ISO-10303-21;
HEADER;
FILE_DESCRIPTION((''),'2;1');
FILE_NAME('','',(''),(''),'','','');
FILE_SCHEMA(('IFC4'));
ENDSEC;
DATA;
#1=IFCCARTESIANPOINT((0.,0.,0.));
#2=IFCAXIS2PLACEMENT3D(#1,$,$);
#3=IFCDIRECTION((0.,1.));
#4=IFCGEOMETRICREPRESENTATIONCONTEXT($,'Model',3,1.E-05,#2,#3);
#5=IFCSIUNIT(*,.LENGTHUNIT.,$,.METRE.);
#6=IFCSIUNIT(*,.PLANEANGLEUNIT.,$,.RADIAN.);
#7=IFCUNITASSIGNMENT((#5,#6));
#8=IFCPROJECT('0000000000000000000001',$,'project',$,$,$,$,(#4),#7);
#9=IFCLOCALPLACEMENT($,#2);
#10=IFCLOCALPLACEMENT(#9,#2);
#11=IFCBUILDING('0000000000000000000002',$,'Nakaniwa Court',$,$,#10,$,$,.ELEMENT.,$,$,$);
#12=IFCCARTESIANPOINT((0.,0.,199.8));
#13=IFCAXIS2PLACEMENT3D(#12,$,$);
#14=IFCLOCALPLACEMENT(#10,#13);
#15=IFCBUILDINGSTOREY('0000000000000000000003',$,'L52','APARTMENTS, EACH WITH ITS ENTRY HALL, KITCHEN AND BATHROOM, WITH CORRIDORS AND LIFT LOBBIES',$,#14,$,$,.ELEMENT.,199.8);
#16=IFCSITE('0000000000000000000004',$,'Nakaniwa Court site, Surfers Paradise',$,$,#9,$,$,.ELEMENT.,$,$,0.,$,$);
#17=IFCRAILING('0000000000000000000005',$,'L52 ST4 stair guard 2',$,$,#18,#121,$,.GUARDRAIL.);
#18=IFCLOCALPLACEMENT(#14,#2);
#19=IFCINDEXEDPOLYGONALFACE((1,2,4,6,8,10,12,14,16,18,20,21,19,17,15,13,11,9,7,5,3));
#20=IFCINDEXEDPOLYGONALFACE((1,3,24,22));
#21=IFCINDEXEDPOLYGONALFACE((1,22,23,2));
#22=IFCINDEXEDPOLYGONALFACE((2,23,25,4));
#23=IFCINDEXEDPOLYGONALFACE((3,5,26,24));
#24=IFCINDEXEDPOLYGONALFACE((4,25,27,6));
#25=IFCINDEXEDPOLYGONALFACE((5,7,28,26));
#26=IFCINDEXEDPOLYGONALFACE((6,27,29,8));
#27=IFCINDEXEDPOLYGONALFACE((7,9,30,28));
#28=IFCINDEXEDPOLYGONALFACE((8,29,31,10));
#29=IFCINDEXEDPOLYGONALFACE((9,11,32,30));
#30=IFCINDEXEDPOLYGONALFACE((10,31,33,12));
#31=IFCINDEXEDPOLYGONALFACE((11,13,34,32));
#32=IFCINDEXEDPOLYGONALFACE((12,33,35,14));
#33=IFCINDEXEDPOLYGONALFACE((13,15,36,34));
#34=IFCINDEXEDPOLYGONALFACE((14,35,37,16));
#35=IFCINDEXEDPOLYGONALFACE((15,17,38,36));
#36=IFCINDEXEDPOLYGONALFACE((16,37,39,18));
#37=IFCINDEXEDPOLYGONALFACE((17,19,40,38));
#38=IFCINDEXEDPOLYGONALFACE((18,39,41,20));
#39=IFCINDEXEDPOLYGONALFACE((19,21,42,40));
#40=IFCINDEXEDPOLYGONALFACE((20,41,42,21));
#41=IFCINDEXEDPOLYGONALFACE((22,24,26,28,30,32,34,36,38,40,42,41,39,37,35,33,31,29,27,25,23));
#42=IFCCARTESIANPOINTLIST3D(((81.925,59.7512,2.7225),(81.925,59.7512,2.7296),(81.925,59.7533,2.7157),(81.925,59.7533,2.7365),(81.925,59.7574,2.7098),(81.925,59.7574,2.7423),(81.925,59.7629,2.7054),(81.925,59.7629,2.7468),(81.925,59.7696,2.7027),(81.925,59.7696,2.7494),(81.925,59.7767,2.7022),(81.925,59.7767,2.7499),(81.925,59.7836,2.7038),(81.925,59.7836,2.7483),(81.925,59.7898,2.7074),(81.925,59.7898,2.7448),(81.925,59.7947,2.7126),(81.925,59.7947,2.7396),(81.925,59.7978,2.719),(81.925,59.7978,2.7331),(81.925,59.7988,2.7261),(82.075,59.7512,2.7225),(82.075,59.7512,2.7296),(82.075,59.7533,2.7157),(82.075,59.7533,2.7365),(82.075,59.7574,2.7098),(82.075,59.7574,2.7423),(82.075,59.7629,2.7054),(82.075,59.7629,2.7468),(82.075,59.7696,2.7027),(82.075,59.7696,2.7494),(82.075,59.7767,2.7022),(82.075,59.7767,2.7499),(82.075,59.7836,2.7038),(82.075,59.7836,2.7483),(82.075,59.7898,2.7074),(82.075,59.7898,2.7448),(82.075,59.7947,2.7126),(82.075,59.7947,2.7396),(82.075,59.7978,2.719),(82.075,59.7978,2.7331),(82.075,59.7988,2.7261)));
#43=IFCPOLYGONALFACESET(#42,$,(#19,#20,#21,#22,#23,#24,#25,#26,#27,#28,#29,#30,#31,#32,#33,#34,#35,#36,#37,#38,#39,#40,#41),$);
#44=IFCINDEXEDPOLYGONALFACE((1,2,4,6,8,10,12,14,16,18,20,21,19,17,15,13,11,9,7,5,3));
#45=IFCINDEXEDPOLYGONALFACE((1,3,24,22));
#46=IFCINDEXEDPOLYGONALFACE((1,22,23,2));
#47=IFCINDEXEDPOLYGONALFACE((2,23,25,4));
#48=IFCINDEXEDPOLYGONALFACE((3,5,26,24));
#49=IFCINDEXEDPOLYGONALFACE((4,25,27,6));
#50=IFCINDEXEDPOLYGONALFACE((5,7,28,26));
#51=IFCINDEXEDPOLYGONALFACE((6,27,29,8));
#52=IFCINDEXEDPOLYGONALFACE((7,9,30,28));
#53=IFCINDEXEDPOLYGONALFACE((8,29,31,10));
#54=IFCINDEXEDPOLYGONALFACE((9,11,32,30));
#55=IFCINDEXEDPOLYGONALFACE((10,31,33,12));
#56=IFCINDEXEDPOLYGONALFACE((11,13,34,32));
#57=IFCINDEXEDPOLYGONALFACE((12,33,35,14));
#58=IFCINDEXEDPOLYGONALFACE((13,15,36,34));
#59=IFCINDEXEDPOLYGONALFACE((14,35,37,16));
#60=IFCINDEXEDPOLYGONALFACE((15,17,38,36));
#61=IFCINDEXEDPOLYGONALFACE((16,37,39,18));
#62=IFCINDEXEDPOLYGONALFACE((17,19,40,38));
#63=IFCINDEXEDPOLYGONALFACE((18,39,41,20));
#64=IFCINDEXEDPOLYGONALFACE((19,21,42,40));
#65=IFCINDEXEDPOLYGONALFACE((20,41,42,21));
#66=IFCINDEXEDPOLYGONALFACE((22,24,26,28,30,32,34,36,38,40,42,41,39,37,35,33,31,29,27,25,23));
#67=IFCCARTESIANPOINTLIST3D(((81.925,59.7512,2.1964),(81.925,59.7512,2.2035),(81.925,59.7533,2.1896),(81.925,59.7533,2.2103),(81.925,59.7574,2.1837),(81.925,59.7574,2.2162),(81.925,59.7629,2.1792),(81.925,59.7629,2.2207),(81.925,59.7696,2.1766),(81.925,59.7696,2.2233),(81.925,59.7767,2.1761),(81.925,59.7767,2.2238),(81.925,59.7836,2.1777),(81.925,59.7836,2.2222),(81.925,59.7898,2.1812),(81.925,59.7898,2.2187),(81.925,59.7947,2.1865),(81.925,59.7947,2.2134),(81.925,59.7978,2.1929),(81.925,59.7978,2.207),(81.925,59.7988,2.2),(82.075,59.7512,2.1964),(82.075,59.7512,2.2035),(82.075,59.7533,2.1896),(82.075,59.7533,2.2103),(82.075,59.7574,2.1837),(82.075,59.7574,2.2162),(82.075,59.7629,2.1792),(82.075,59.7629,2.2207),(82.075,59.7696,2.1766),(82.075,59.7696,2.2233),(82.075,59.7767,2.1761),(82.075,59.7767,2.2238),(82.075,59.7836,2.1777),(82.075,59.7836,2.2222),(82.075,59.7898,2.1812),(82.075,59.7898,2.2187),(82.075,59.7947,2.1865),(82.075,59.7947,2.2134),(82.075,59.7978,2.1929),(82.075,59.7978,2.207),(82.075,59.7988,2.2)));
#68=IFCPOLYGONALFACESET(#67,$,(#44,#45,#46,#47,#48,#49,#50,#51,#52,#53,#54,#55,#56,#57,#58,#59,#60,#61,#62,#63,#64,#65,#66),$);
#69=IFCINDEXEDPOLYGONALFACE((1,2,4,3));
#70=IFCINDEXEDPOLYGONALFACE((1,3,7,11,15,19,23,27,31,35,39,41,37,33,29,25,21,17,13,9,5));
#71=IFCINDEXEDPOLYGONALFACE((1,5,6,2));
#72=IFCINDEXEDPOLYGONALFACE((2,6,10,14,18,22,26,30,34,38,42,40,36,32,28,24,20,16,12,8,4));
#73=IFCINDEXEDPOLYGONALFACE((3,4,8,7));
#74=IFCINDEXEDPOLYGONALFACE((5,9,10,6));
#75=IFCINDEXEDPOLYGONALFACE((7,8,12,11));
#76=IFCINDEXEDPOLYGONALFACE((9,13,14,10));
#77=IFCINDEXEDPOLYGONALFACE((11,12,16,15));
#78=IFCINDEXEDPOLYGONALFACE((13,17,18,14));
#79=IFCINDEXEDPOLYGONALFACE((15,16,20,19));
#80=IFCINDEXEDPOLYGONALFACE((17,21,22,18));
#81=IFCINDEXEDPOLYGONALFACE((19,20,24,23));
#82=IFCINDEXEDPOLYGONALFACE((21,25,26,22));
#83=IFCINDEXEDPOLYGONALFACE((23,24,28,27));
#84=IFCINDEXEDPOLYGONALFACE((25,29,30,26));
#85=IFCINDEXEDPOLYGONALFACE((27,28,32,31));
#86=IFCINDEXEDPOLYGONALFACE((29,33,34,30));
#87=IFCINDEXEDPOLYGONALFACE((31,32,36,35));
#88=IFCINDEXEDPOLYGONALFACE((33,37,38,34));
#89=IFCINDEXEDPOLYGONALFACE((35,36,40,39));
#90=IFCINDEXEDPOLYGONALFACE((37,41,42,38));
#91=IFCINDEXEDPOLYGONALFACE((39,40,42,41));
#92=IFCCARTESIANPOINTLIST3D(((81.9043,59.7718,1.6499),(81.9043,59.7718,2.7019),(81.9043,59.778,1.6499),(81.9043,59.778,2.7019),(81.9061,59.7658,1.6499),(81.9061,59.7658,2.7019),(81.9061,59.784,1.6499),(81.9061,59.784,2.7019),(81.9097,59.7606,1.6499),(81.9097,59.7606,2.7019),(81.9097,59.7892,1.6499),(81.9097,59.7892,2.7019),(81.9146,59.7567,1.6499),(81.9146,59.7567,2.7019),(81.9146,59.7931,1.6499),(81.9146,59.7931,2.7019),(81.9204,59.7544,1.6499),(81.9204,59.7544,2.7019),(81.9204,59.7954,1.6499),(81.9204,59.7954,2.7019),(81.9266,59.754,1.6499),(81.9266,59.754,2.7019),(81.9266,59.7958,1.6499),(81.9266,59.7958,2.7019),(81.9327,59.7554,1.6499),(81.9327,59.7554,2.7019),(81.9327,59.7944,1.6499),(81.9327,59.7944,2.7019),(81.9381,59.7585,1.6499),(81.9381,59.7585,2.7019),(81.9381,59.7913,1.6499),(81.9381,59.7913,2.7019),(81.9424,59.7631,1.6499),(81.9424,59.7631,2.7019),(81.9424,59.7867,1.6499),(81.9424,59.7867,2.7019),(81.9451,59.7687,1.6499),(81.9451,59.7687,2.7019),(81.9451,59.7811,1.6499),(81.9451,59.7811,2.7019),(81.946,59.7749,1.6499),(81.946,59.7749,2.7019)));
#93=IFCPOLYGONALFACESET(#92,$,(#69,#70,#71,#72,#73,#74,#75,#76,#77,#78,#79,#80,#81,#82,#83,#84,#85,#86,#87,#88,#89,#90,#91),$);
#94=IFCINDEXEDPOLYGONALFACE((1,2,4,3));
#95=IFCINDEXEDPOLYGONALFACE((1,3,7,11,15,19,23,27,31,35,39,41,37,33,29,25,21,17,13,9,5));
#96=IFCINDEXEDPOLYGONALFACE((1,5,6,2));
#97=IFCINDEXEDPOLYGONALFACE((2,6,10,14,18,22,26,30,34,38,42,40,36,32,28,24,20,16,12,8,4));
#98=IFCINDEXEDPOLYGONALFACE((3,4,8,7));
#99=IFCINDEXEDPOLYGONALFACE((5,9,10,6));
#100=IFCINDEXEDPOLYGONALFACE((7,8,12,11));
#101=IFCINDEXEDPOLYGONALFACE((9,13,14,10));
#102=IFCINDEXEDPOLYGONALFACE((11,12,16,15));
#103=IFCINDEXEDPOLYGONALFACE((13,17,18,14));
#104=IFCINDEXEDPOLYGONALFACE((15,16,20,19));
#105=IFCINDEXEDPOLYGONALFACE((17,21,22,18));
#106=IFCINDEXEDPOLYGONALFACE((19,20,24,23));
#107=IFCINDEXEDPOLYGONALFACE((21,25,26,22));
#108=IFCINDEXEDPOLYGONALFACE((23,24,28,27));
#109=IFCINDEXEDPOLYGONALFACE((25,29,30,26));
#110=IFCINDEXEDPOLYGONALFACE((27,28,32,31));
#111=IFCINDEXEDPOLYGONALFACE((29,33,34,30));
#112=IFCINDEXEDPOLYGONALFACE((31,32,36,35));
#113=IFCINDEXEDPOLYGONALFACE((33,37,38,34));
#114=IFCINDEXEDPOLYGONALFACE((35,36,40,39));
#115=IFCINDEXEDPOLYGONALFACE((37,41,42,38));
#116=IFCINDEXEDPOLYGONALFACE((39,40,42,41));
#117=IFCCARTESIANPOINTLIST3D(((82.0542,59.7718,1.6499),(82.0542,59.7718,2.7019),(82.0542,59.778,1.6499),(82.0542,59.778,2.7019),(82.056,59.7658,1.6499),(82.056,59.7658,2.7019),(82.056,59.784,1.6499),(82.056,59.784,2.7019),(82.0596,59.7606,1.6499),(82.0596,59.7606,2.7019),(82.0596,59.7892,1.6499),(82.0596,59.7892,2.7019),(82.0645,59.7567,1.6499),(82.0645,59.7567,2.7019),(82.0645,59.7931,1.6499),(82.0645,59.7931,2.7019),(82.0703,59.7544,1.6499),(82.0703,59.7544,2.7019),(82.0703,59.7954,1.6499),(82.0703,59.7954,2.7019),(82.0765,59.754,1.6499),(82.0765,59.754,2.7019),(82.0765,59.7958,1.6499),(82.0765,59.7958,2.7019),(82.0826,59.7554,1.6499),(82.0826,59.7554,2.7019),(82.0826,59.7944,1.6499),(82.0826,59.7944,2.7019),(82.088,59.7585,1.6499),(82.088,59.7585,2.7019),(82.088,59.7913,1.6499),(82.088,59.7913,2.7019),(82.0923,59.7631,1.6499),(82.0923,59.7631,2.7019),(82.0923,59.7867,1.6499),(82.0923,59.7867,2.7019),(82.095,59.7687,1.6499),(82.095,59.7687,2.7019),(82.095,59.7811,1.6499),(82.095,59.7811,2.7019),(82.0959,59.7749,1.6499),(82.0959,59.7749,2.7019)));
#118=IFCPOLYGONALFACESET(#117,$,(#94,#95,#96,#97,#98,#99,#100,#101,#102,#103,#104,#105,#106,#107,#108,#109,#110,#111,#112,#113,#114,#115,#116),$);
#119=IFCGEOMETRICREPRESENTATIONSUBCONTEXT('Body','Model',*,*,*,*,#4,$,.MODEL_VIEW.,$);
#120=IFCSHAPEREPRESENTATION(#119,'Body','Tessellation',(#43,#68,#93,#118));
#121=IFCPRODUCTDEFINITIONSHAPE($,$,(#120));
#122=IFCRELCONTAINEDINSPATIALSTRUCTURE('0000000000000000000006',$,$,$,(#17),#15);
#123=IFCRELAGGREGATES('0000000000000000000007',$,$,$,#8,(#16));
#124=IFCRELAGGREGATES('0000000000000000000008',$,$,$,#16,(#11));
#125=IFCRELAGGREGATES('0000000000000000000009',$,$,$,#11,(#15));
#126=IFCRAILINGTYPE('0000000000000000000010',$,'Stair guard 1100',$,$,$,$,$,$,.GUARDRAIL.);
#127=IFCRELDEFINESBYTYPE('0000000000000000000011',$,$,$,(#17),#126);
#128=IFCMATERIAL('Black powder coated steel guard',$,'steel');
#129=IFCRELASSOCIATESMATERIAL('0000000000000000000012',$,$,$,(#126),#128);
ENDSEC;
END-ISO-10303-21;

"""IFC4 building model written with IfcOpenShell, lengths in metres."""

from ifc_helpers import new_model, si_unit, direction, frame, origin, origin_2d, place, context, subcontext, project, spatial, circle, extrude, material, type_object, element, save


model = new_model("IFC4")

# Units and contexts
model_context = context("Model", 3, precision=1e-05, world=origin(), true_north=direction((0.0, 1.0)))
body_context = subcontext(model_context, "Body", "Model", "MODEL_VIEW")
ifc_project = project(units=[si_unit("LENGTHUNIT", "METRE"), si_unit("PLANEANGLEUNIT", "RADIAN")], contexts=[model_context])

# Site, building, storey
site_placement = place(None, origin())
site = spatial("IfcSite", under=ifc_project, at=site_placement, Name="Nakaniwa Court site, Surfers Paradise", CompositionType="ELEMENT", RefElevation=0.0)
building_placement = place(site_placement, origin())
building = spatial("IfcBuilding", under=site, at=building_placement, Name="Nakaniwa Court", CompositionType="ELEMENT")
storey_placement = place(building_placement, frame((0.0, 0.0, 199.8)))
storey = spatial("IfcBuildingStorey", under=building, at=storey_placement, Name="L52", Description="APARTMENTS, EACH WITH ITS ENTRY HALL, KITCHEN AND BATHROOM, WITH CORRIDORS AND LIFT LOBBIES", CompositionType="ELEMENT", Elevation=199.8)

# Railing
ifc_material_1 = material(Name="Black powder coated steel guard", Category="steel")
railing_type_1 = type_object("IfcRailingType", Name="Stair guard 1100", PredefinedType="GUARDRAIL", material=ifc_material_1)
railing_1_placement = place(storey_placement, frame((81.925, 59.7749, 1.6499)))
element("IfcRailing", 1, at=railing_1_placement, inside=storey, type_object=railing_type_1, Name="L52 ST4 stair guard 2", PredefinedType="GUARDRAIL", context=body_context, shape_type="SweptSolid", body=[
    extrude(circle(Radius=0.0239, at=origin_2d()), frame((0.0, 0.0, 1.0762), z_axis=(1.0, 0.0, 0.0), x_axis=(0.0, 1.0, 0.0)), (0.0, 0.0, 1.0), 0.1499),
    extrude(circle(Radius=0.0239, at=origin_2d()), frame((0.0, 0.0, 0.55), z_axis=(1.0, 0.0, 0.0), x_axis=(0.0, 1.0, 0.0)), (0.0, 0.0, 1.0), 0.1499),
    extrude(circle(Radius=0.021, at=origin_2d()), origin(), (0.0, 0.0, 1.0), 1.052),
    extrude(circle(Radius=0.021, at=origin_2d()), frame((0.1499, 0.0, 0.0)), (0.0, 0.0, 1.0), 1.052),
])

save(model, "model.ifc")
